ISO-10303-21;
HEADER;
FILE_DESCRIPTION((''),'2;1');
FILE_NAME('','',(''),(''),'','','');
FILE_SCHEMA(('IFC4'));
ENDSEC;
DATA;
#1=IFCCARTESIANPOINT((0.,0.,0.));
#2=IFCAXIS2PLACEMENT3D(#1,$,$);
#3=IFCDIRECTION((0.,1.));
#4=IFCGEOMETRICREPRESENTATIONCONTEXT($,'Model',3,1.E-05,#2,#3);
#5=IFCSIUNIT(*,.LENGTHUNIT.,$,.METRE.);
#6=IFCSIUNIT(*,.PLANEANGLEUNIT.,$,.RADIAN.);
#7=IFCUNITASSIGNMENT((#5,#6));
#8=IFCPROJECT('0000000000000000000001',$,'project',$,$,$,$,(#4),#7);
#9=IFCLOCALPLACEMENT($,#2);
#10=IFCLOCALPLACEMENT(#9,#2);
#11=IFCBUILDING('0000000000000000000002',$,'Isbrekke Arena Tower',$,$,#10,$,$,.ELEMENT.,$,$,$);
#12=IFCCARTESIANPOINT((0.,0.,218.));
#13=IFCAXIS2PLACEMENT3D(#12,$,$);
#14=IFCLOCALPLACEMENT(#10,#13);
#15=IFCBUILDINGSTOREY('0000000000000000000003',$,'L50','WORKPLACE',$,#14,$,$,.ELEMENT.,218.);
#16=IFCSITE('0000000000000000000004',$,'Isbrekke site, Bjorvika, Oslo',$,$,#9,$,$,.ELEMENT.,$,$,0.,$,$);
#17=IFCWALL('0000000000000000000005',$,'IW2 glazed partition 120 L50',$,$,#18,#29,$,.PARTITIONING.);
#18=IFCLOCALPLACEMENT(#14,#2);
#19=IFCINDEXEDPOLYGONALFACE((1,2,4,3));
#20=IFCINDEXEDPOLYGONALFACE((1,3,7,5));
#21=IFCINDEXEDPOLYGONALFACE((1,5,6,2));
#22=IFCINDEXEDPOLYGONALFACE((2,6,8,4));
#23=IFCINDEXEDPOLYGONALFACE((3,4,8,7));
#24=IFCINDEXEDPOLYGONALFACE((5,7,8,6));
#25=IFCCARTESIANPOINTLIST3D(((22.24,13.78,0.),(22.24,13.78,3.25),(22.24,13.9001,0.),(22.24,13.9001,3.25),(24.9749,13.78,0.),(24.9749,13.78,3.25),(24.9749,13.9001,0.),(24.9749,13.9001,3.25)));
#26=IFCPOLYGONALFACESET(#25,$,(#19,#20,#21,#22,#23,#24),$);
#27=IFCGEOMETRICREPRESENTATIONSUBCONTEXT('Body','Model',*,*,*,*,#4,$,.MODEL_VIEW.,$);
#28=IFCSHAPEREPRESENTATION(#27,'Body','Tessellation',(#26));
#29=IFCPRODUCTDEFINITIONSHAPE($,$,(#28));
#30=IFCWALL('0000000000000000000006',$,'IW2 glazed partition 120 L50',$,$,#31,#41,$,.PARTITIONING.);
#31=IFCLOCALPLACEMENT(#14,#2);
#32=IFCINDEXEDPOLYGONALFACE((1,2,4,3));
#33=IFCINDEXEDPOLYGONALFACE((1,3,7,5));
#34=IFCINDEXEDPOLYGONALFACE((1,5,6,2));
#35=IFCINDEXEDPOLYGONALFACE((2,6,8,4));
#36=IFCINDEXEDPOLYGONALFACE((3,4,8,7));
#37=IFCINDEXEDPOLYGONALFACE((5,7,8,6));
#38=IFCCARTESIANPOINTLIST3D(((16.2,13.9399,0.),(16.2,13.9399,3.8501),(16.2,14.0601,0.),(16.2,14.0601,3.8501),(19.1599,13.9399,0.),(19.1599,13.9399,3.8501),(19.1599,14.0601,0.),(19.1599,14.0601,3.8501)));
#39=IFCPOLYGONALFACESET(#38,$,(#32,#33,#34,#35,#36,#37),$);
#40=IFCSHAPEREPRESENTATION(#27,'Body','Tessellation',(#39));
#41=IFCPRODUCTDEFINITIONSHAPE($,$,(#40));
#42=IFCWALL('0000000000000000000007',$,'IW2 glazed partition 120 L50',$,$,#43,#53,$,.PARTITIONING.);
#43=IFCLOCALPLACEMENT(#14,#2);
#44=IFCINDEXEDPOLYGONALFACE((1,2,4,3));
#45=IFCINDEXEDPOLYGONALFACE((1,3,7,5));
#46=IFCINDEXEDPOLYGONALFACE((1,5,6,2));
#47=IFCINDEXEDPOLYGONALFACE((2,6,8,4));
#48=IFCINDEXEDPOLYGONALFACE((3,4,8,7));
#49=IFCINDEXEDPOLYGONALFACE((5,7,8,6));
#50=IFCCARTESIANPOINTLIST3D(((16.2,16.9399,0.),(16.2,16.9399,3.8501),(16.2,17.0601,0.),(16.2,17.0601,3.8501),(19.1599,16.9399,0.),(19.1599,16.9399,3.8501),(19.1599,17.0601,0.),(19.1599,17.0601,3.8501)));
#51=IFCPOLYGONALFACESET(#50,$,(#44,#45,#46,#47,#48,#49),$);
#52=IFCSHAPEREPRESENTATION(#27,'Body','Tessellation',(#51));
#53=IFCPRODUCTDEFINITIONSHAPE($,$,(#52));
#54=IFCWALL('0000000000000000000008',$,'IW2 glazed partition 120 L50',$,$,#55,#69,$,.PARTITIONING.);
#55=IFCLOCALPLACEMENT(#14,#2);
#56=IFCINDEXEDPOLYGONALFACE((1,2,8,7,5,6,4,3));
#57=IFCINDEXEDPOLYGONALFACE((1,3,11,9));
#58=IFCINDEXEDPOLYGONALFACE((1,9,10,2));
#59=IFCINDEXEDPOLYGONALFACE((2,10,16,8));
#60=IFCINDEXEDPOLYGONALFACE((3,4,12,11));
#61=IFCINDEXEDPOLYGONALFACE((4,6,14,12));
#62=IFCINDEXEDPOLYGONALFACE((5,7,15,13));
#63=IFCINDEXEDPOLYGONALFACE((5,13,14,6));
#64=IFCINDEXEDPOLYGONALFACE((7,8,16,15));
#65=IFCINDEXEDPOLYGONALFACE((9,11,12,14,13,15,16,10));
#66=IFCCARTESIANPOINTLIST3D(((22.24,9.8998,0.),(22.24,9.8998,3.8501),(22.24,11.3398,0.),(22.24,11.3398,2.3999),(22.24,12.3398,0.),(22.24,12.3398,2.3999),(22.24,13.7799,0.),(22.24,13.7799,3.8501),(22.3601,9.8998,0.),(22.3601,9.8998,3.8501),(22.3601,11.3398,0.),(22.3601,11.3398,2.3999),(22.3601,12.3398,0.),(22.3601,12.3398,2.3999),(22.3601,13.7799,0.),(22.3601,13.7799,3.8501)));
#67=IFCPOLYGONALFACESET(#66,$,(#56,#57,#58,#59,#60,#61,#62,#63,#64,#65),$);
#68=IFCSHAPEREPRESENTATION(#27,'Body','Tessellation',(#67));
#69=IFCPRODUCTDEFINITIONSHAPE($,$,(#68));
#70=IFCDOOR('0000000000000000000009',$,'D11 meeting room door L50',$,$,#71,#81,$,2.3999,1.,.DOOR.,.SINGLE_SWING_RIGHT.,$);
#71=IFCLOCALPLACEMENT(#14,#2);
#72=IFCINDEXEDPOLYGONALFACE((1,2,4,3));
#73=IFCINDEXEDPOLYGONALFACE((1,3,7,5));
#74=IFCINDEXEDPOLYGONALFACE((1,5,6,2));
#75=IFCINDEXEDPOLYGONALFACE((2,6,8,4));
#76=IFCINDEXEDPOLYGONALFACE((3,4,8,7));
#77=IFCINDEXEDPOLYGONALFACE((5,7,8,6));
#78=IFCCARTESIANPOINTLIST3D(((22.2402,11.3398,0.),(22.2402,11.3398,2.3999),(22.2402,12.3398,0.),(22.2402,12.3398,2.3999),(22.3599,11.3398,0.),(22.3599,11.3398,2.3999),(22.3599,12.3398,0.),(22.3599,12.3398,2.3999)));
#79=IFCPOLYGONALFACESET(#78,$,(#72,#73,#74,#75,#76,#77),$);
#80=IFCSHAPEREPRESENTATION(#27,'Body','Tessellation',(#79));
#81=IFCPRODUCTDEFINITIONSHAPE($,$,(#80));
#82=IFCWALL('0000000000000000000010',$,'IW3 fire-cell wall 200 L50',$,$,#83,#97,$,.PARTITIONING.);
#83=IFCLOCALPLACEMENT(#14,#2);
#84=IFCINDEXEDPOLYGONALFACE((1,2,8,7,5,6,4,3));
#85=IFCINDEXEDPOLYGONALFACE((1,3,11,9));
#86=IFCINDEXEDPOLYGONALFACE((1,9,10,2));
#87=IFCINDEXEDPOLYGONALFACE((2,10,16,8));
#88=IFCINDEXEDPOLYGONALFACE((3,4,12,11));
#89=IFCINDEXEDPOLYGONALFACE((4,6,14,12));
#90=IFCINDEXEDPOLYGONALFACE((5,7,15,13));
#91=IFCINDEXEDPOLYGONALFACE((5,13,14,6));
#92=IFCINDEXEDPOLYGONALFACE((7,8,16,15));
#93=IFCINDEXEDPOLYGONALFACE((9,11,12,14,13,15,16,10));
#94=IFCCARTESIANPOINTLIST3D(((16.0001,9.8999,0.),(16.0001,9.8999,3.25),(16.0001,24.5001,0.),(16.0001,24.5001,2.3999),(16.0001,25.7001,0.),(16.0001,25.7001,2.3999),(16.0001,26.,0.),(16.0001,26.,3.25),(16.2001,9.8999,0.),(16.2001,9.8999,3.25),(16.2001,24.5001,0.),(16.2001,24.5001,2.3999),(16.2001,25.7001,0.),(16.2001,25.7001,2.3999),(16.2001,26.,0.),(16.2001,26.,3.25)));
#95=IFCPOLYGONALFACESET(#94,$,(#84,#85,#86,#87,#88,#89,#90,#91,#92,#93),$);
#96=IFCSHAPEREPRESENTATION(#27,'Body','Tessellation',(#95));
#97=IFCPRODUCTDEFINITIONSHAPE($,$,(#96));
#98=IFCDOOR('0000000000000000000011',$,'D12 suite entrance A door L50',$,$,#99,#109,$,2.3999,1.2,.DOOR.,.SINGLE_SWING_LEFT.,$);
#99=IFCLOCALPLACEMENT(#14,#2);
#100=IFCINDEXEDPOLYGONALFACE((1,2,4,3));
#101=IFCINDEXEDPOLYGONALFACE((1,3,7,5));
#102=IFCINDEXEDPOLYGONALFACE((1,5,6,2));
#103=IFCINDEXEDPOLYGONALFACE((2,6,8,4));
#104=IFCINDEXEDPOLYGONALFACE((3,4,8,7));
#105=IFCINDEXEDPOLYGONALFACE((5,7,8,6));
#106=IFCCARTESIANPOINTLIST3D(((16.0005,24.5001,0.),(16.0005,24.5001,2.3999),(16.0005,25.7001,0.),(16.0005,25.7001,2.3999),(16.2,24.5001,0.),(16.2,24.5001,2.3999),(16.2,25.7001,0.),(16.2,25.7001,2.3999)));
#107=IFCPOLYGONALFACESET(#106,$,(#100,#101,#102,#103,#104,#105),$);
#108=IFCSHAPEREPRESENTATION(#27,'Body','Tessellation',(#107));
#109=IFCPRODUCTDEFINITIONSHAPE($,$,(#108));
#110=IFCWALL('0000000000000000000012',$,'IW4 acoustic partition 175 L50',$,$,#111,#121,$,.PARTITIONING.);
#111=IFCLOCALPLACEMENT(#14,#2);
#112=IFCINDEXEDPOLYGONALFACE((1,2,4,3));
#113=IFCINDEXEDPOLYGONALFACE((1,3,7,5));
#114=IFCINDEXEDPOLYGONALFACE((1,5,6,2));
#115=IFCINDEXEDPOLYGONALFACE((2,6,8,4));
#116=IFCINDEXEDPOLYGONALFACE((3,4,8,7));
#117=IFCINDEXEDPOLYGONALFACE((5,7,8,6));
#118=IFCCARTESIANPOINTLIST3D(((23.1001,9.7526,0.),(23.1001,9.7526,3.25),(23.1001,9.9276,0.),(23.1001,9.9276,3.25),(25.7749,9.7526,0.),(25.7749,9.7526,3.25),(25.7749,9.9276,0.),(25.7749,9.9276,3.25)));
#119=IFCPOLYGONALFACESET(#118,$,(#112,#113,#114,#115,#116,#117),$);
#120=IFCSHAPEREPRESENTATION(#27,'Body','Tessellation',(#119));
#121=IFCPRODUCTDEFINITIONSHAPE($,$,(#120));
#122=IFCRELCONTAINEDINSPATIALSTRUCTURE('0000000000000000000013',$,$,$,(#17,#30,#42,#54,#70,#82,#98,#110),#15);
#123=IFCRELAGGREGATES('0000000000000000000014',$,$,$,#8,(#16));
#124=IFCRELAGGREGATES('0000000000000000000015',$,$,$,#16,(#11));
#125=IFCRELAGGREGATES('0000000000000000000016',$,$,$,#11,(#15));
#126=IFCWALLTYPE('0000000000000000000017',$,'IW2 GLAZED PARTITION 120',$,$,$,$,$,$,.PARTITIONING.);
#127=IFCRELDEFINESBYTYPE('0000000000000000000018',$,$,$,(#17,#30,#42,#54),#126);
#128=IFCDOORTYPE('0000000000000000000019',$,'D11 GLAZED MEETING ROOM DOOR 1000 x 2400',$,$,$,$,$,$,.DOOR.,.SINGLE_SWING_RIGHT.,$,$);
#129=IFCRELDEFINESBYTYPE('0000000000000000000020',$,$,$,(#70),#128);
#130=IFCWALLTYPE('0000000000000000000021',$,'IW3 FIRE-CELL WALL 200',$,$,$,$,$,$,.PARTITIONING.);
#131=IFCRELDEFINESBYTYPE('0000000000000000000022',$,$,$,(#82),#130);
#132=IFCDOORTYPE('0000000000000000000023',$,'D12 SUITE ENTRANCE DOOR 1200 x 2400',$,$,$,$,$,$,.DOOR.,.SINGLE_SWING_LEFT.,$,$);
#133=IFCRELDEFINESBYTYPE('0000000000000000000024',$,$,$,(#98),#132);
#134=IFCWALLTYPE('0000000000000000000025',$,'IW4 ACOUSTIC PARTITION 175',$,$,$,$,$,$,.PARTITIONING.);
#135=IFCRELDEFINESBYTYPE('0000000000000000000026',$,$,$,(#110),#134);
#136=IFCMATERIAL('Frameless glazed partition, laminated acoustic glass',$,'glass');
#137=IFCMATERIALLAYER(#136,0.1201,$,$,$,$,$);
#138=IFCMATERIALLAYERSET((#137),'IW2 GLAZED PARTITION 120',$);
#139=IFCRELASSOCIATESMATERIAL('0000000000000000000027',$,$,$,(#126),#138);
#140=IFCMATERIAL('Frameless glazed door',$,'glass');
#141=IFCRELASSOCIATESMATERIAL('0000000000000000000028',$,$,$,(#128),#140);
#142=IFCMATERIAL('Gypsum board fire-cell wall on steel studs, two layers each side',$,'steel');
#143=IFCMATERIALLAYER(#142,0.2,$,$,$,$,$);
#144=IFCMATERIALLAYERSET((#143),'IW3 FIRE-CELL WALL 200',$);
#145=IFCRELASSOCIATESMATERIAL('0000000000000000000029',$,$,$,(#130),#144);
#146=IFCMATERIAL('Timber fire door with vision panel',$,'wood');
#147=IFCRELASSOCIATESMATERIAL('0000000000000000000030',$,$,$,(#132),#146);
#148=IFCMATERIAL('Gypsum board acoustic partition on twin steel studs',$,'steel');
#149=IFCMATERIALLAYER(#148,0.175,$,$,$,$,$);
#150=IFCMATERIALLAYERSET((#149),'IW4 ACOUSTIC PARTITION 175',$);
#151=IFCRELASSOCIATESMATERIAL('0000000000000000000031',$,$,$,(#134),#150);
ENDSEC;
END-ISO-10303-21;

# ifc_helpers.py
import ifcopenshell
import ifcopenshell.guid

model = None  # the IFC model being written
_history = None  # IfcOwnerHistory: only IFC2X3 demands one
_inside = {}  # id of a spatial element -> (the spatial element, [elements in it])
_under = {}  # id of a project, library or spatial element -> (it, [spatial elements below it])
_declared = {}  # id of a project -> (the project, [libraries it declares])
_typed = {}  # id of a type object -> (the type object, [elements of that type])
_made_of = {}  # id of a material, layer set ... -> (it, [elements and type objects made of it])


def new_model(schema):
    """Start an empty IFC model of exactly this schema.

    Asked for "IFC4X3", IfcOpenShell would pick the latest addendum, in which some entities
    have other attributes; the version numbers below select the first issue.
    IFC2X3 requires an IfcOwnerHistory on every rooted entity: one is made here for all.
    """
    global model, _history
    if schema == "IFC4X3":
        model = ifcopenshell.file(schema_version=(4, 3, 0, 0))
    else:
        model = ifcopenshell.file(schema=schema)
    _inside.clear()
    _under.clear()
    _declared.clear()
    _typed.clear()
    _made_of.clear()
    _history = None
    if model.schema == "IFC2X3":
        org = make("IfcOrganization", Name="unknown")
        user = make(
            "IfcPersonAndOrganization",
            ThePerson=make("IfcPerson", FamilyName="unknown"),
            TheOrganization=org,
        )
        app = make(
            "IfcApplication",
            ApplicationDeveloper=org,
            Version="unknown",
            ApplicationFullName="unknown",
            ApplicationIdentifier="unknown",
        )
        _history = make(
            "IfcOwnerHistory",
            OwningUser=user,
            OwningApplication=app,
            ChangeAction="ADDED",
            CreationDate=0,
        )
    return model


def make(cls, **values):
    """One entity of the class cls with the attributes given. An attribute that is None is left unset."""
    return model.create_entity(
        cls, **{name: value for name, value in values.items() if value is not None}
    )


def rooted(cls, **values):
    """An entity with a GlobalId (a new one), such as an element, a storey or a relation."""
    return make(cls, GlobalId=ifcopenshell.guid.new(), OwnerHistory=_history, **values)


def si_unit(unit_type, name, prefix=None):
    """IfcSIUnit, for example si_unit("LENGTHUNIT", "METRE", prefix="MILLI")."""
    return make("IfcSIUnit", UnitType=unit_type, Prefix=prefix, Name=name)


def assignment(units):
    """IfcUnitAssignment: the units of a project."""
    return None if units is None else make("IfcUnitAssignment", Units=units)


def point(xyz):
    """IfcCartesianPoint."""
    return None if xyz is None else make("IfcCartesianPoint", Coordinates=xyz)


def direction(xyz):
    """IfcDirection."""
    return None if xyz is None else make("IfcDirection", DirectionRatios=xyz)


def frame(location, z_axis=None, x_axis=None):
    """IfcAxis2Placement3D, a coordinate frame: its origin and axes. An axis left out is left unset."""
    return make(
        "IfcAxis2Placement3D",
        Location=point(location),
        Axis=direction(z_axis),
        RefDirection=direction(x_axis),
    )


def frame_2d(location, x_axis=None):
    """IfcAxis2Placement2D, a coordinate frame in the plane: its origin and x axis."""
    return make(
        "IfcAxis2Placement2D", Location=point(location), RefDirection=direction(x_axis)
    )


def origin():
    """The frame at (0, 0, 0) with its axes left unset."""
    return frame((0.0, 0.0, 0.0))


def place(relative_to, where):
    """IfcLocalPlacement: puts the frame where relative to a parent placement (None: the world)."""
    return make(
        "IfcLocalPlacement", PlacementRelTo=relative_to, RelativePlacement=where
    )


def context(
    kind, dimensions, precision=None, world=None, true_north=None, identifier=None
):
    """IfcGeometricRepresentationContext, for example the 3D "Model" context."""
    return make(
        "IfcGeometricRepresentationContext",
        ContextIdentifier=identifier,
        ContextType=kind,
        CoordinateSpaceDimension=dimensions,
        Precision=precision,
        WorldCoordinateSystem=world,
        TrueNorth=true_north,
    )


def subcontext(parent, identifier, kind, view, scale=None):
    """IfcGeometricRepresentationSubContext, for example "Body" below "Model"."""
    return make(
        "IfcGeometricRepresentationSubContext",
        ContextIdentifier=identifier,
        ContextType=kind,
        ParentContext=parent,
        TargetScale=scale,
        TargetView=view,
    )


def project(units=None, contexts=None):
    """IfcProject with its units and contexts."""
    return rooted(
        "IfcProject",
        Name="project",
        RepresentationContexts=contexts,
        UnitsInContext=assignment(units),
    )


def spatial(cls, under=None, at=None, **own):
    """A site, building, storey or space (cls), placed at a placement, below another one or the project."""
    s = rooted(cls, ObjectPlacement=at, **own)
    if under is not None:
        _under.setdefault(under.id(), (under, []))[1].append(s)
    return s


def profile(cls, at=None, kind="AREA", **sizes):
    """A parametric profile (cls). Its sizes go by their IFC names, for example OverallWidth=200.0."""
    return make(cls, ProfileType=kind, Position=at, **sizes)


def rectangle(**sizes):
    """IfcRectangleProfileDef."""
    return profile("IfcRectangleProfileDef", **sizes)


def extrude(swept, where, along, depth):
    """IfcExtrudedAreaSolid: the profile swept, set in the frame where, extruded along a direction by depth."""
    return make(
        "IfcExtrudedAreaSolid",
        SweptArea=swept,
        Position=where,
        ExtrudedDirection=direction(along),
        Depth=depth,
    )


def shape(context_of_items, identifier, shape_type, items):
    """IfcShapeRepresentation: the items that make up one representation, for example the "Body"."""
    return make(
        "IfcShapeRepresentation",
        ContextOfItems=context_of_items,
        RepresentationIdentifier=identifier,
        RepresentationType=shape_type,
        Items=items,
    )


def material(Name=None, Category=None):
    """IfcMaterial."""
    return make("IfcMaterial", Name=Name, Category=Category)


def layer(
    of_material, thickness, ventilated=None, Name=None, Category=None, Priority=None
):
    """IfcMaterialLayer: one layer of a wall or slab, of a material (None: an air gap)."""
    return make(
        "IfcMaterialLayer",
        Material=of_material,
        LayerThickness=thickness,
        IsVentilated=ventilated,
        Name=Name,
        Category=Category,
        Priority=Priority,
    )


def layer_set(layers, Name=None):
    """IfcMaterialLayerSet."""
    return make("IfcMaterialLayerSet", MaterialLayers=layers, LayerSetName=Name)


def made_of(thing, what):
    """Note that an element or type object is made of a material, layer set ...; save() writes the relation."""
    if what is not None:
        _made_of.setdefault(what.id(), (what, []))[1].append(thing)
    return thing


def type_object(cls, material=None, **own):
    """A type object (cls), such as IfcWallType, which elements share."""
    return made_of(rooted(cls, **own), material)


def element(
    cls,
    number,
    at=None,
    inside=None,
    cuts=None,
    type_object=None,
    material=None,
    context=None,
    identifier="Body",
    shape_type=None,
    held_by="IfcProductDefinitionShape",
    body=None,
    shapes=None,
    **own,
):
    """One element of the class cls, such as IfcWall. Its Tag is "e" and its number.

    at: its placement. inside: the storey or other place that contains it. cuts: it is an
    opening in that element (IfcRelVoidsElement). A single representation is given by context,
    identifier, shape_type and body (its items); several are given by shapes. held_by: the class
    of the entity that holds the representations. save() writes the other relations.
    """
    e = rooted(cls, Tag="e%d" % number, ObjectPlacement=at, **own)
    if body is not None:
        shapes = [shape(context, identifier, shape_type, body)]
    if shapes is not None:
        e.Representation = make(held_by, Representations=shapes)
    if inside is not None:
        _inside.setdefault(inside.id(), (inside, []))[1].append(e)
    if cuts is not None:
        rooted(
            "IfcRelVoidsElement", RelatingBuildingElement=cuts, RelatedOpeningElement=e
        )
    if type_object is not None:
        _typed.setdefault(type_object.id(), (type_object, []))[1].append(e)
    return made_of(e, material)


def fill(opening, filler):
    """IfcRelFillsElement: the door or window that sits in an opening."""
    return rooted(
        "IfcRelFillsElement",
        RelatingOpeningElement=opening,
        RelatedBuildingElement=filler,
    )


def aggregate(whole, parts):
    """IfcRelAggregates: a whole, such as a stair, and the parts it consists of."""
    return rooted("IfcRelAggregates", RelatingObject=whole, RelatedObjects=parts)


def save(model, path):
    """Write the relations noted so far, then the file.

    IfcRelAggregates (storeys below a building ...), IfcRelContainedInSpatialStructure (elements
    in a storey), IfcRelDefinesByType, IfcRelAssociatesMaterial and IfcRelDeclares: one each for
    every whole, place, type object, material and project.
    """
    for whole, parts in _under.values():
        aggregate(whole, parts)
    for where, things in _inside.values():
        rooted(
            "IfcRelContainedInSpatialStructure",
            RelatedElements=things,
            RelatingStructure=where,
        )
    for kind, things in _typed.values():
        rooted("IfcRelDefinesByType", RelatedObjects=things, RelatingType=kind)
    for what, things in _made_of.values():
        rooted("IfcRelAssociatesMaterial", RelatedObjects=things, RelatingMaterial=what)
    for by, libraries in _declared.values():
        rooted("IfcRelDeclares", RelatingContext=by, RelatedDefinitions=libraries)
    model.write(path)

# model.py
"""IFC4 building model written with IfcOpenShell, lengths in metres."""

from ifc_helpers import new_model, si_unit, direction, frame, frame_2d, origin, place, context, subcontext, project, spatial, rectangle, extrude, material, layer, layer_set, type_object, element, fill, save


model = new_model("IFC4")

# Units and contexts
model_context = context("Model", 3, precision=1e-05, world=origin(), true_north=direction((0.0, 1.0)))
body_context = subcontext(model_context, "Body", "Model", "MODEL_VIEW")
ifc_project = project(units=[si_unit("LENGTHUNIT", "METRE"), si_unit("PLANEANGLEUNIT", "RADIAN")], contexts=[model_context])

# Site, building, storey
site_placement = place(None, origin())
site = spatial("IfcSite", under=ifc_project, at=site_placement, Name="Isbrekke site, Bjorvika, Oslo", CompositionType="ELEMENT", RefElevation=0.0)
building_placement = place(site_placement, origin())
building = spatial("IfcBuilding", under=site, at=building_placement, Name="Isbrekke Arena Tower", CompositionType="ELEMENT")
storey_placement = place(building_placement, frame((0.0, 0.0, 218.0)))
storey = spatial("IfcBuildingStorey", under=building, at=storey_placement, Name="L50", Description="WORKPLACE", CompositionType="ELEMENT", Elevation=218.0)

# Walls
ifc_material_1 = material(Name="Frameless glazed partition, laminated acoustic glass", Category="glass")
ifc_layer_1 = layer(ifc_material_1, 0.1201)
ifc_layer_set_1 = layer_set([ifc_layer_1], Name="IW2 GLAZED PARTITION 120")
wall_type_1 = type_object("IfcWallType", Name="IW2 GLAZED PARTITION 120", PredefinedType="PARTITIONING", material=ifc_layer_set_1)
wall_1_placement = place(storey_placement, frame((22.24, 13.8401, 0.0), z_axis=(0.0, 0.0, 1.0), x_axis=(1.0, 0.0, 0.0)))
element("IfcWall", 1, at=wall_1_placement, inside=storey, type_object=wall_type_1, Name="IW2 glazed partition 120 L50", PredefinedType="PARTITIONING", context=body_context, shape_type="SweptSolid", body=[
    extrude(rectangle(XDim=2.7349, YDim=0.1201, at=frame_2d((1.3674, 0.0))), origin(), (0.0, 0.0, 1.0), 3.25),
])
for number, where, z_axis, x_axis, name in (
    (2, (16.2, 14.0, 0.0), (0.0, 0.0, 1.0), (1.0, 0.0, 0.0), "IW2 glazed partition 120 L50"),
    (3, (16.2, 17.0, 0.0), (0.0, 0.0, 1.0), (1.0, 0.0, 0.0), "IW2 glazed partition 120 L50"),
):
    element("IfcWall", number, at=place(storey_placement, frame(where, z_axis=z_axis, x_axis=x_axis)), inside=storey, type_object=wall_type_1, Name=name, PredefinedType="PARTITIONING", context=body_context, shape_type="SweptSolid", body=[
        extrude(rectangle(XDim=2.96, YDim=0.1201, at=frame_2d((1.48, 0.0))), origin(), (0.0, 0.0, 1.0), 3.8501),
    ])

# Walls, openings, doors
ifc_material_2 = material(Name="Frameless glazed door", Category="glass")
door_type_1 = type_object("IfcDoorType", Name="D11 GLAZED MEETING ROOM DOOR 1000 x 2400", OperationType="SINGLE_SWING_RIGHT", PredefinedType="DOOR", material=ifc_material_2)
wall_2_placement = place(storey_placement, frame((22.3, 9.8999, 0.0), z_axis=(0.0, 0.0, 1.0), x_axis=(0.0, 1.0, 0.0)))
wall_2 = element("IfcWall", 4, at=wall_2_placement, inside=storey, type_object=wall_type_1, Name="IW2 glazed partition 120 L50", PredefinedType="PARTITIONING", context=body_context, shape_type="SweptSolid", body=[
    extrude(rectangle(XDim=3.8801, YDim=0.1201, at=frame_2d((1.9399, 0.0))), origin(), (0.0, 0.0, 1.0), 3.8501),
])
opening_1_placement = place(wall_2_placement, frame((1.4399, 0.0, 0.0)))
opening_1 = element("IfcOpeningElement", 5, at=opening_1_placement, cuts=wall_2, PredefinedType="OPENING", context=body_context, shape_type="SweptSolid", body=[
    extrude(rectangle(XDim=1.0, YDim=2.3999, at=frame_2d((0.5, 1.2))), frame((0.0, 0.075, 0.0), z_axis=(0.0, -1.0, 0.0), x_axis=(1.0, 0.0, 0.0)), (0.0, 0.0, 1.0), 0.1499),
])
door_1_placement = place(opening_1_placement, origin())
door_1 = element("IfcDoor", 6, at=door_1_placement, inside=storey, type_object=door_type_1, Name="D11 meeting room door L50", OperationType="SINGLE_SWING_RIGHT", OverallHeight=2.3999, OverallWidth=1.0, PredefinedType="DOOR", context=body_context, shape_type="SweptSolid", body=[
    extrude(rectangle(XDim=1.0, YDim=2.3999, at=frame_2d((0.5, 1.2))), frame((0.0, 0.0598, 0.0), z_axis=(0.0, -1.0, 0.0), x_axis=(1.0, 0.0, 0.0)), (0.0, 0.0, 1.0), 0.1196),
])
fill(opening_1, door_1)
ifc_material_3 = material(Name="Gypsum board fire-cell wall on steel studs, two layers each side", Category="steel")
ifc_layer_2 = layer(ifc_material_3, 0.2)
ifc_layer_set_2 = layer_set([ifc_layer_2], Name="IW3 FIRE-CELL WALL 200")
wall_type_2 = type_object("IfcWallType", Name="IW3 FIRE-CELL WALL 200", PredefinedType="PARTITIONING", material=ifc_layer_set_2)
wall_3_placement = place(storey_placement, frame((16.1001, 9.8999, 0.0), z_axis=(0.0, 0.0, 1.0), x_axis=(0.0, 1.0, 0.0)))
wall_3 = element("IfcWall", 7, at=wall_3_placement, inside=storey, type_object=wall_type_2, Name="IW3 fire-cell wall 200 L50", PredefinedType="PARTITIONING", context=body_context, shape_type="SweptSolid", body=[
    extrude(rectangle(XDim=16.1001, YDim=0.2, at=frame_2d((8.05, 0.0))), origin(), (0.0, 0.0, 1.0), 3.25),
])
opening_2_placement = place(wall_3_placement, frame((14.6001, 0.0, 0.0)))
opening_2 = element("IfcOpeningElement", 8, at=opening_2_placement, cuts=wall_3, PredefinedType="OPENING", context=body_context, shape_type="SweptSolid", body=[
    extrude(rectangle(XDim=1.2, YDim=2.3999, at=frame_2d((0.6001, 1.2))), frame((0.0, 0.1147, 0.0), z_axis=(0.0, -1.0, 0.0), x_axis=(1.0, 0.0, 0.0)), (0.0, 0.0, 1.0), 0.2297),
])
ifc_material_4 = material(Name="Timber fire door with vision panel", Category="wood")
door_type_2 = type_object("IfcDoorType", Name="D12 SUITE ENTRANCE DOOR 1200 x 2400", OperationType="SINGLE_SWING_LEFT", PredefinedType="DOOR", material=ifc_material_4)
door_2_placement = place(opening_2_placement, origin())
door_2 = element("IfcDoor", 9, at=door_2_placement, inside=storey, type_object=door_type_2, Name="D12 suite entrance A door L50", OperationType="SINGLE_SWING_LEFT", OverallHeight=2.3999, OverallWidth=1.2, PredefinedType="DOOR", context=body_context, shape_type="SweptSolid", body=[
    extrude(rectangle(XDim=1.2, YDim=2.3999, at=frame_2d((0.6001, 1.2))), frame((0.0, 0.0996, 0.0), z_axis=(0.0, -1.0, 0.0), x_axis=(1.0, 0.0, 0.0)), (0.0, 0.0, 1.0), 0.1995),
])
fill(opening_2, door_2)

# Wall
ifc_material_5 = material(Name="Gypsum board acoustic partition on twin steel studs", Category="steel")
ifc_layer_3 = layer(ifc_material_5, 0.175)
ifc_layer_set_3 = layer_set([ifc_layer_3], Name="IW4 ACOUSTIC PARTITION 175")
wall_type_3 = type_object("IfcWallType", Name="IW4 ACOUSTIC PARTITION 175", PredefinedType="PARTITIONING", material=ifc_layer_set_3)
wall_4_placement = place(storey_placement, frame((23.1001, 9.8401, 0.0), z_axis=(0.0, 0.0, 1.0), x_axis=(1.0, 0.0, 0.0)))
element("IfcWall", 10, at=wall_4_placement, inside=storey, type_object=wall_type_3, Name="IW4 acoustic partition 175 L50", PredefinedType="PARTITIONING", context=body_context, shape_type="SweptSolid", body=[
    extrude(rectangle(XDim=2.6748, YDim=0.175, at=frame_2d((1.3374, 0.0))), origin(), (0.0, 0.0, 1.0), 3.25),
])

save(model, "model.ifc")
